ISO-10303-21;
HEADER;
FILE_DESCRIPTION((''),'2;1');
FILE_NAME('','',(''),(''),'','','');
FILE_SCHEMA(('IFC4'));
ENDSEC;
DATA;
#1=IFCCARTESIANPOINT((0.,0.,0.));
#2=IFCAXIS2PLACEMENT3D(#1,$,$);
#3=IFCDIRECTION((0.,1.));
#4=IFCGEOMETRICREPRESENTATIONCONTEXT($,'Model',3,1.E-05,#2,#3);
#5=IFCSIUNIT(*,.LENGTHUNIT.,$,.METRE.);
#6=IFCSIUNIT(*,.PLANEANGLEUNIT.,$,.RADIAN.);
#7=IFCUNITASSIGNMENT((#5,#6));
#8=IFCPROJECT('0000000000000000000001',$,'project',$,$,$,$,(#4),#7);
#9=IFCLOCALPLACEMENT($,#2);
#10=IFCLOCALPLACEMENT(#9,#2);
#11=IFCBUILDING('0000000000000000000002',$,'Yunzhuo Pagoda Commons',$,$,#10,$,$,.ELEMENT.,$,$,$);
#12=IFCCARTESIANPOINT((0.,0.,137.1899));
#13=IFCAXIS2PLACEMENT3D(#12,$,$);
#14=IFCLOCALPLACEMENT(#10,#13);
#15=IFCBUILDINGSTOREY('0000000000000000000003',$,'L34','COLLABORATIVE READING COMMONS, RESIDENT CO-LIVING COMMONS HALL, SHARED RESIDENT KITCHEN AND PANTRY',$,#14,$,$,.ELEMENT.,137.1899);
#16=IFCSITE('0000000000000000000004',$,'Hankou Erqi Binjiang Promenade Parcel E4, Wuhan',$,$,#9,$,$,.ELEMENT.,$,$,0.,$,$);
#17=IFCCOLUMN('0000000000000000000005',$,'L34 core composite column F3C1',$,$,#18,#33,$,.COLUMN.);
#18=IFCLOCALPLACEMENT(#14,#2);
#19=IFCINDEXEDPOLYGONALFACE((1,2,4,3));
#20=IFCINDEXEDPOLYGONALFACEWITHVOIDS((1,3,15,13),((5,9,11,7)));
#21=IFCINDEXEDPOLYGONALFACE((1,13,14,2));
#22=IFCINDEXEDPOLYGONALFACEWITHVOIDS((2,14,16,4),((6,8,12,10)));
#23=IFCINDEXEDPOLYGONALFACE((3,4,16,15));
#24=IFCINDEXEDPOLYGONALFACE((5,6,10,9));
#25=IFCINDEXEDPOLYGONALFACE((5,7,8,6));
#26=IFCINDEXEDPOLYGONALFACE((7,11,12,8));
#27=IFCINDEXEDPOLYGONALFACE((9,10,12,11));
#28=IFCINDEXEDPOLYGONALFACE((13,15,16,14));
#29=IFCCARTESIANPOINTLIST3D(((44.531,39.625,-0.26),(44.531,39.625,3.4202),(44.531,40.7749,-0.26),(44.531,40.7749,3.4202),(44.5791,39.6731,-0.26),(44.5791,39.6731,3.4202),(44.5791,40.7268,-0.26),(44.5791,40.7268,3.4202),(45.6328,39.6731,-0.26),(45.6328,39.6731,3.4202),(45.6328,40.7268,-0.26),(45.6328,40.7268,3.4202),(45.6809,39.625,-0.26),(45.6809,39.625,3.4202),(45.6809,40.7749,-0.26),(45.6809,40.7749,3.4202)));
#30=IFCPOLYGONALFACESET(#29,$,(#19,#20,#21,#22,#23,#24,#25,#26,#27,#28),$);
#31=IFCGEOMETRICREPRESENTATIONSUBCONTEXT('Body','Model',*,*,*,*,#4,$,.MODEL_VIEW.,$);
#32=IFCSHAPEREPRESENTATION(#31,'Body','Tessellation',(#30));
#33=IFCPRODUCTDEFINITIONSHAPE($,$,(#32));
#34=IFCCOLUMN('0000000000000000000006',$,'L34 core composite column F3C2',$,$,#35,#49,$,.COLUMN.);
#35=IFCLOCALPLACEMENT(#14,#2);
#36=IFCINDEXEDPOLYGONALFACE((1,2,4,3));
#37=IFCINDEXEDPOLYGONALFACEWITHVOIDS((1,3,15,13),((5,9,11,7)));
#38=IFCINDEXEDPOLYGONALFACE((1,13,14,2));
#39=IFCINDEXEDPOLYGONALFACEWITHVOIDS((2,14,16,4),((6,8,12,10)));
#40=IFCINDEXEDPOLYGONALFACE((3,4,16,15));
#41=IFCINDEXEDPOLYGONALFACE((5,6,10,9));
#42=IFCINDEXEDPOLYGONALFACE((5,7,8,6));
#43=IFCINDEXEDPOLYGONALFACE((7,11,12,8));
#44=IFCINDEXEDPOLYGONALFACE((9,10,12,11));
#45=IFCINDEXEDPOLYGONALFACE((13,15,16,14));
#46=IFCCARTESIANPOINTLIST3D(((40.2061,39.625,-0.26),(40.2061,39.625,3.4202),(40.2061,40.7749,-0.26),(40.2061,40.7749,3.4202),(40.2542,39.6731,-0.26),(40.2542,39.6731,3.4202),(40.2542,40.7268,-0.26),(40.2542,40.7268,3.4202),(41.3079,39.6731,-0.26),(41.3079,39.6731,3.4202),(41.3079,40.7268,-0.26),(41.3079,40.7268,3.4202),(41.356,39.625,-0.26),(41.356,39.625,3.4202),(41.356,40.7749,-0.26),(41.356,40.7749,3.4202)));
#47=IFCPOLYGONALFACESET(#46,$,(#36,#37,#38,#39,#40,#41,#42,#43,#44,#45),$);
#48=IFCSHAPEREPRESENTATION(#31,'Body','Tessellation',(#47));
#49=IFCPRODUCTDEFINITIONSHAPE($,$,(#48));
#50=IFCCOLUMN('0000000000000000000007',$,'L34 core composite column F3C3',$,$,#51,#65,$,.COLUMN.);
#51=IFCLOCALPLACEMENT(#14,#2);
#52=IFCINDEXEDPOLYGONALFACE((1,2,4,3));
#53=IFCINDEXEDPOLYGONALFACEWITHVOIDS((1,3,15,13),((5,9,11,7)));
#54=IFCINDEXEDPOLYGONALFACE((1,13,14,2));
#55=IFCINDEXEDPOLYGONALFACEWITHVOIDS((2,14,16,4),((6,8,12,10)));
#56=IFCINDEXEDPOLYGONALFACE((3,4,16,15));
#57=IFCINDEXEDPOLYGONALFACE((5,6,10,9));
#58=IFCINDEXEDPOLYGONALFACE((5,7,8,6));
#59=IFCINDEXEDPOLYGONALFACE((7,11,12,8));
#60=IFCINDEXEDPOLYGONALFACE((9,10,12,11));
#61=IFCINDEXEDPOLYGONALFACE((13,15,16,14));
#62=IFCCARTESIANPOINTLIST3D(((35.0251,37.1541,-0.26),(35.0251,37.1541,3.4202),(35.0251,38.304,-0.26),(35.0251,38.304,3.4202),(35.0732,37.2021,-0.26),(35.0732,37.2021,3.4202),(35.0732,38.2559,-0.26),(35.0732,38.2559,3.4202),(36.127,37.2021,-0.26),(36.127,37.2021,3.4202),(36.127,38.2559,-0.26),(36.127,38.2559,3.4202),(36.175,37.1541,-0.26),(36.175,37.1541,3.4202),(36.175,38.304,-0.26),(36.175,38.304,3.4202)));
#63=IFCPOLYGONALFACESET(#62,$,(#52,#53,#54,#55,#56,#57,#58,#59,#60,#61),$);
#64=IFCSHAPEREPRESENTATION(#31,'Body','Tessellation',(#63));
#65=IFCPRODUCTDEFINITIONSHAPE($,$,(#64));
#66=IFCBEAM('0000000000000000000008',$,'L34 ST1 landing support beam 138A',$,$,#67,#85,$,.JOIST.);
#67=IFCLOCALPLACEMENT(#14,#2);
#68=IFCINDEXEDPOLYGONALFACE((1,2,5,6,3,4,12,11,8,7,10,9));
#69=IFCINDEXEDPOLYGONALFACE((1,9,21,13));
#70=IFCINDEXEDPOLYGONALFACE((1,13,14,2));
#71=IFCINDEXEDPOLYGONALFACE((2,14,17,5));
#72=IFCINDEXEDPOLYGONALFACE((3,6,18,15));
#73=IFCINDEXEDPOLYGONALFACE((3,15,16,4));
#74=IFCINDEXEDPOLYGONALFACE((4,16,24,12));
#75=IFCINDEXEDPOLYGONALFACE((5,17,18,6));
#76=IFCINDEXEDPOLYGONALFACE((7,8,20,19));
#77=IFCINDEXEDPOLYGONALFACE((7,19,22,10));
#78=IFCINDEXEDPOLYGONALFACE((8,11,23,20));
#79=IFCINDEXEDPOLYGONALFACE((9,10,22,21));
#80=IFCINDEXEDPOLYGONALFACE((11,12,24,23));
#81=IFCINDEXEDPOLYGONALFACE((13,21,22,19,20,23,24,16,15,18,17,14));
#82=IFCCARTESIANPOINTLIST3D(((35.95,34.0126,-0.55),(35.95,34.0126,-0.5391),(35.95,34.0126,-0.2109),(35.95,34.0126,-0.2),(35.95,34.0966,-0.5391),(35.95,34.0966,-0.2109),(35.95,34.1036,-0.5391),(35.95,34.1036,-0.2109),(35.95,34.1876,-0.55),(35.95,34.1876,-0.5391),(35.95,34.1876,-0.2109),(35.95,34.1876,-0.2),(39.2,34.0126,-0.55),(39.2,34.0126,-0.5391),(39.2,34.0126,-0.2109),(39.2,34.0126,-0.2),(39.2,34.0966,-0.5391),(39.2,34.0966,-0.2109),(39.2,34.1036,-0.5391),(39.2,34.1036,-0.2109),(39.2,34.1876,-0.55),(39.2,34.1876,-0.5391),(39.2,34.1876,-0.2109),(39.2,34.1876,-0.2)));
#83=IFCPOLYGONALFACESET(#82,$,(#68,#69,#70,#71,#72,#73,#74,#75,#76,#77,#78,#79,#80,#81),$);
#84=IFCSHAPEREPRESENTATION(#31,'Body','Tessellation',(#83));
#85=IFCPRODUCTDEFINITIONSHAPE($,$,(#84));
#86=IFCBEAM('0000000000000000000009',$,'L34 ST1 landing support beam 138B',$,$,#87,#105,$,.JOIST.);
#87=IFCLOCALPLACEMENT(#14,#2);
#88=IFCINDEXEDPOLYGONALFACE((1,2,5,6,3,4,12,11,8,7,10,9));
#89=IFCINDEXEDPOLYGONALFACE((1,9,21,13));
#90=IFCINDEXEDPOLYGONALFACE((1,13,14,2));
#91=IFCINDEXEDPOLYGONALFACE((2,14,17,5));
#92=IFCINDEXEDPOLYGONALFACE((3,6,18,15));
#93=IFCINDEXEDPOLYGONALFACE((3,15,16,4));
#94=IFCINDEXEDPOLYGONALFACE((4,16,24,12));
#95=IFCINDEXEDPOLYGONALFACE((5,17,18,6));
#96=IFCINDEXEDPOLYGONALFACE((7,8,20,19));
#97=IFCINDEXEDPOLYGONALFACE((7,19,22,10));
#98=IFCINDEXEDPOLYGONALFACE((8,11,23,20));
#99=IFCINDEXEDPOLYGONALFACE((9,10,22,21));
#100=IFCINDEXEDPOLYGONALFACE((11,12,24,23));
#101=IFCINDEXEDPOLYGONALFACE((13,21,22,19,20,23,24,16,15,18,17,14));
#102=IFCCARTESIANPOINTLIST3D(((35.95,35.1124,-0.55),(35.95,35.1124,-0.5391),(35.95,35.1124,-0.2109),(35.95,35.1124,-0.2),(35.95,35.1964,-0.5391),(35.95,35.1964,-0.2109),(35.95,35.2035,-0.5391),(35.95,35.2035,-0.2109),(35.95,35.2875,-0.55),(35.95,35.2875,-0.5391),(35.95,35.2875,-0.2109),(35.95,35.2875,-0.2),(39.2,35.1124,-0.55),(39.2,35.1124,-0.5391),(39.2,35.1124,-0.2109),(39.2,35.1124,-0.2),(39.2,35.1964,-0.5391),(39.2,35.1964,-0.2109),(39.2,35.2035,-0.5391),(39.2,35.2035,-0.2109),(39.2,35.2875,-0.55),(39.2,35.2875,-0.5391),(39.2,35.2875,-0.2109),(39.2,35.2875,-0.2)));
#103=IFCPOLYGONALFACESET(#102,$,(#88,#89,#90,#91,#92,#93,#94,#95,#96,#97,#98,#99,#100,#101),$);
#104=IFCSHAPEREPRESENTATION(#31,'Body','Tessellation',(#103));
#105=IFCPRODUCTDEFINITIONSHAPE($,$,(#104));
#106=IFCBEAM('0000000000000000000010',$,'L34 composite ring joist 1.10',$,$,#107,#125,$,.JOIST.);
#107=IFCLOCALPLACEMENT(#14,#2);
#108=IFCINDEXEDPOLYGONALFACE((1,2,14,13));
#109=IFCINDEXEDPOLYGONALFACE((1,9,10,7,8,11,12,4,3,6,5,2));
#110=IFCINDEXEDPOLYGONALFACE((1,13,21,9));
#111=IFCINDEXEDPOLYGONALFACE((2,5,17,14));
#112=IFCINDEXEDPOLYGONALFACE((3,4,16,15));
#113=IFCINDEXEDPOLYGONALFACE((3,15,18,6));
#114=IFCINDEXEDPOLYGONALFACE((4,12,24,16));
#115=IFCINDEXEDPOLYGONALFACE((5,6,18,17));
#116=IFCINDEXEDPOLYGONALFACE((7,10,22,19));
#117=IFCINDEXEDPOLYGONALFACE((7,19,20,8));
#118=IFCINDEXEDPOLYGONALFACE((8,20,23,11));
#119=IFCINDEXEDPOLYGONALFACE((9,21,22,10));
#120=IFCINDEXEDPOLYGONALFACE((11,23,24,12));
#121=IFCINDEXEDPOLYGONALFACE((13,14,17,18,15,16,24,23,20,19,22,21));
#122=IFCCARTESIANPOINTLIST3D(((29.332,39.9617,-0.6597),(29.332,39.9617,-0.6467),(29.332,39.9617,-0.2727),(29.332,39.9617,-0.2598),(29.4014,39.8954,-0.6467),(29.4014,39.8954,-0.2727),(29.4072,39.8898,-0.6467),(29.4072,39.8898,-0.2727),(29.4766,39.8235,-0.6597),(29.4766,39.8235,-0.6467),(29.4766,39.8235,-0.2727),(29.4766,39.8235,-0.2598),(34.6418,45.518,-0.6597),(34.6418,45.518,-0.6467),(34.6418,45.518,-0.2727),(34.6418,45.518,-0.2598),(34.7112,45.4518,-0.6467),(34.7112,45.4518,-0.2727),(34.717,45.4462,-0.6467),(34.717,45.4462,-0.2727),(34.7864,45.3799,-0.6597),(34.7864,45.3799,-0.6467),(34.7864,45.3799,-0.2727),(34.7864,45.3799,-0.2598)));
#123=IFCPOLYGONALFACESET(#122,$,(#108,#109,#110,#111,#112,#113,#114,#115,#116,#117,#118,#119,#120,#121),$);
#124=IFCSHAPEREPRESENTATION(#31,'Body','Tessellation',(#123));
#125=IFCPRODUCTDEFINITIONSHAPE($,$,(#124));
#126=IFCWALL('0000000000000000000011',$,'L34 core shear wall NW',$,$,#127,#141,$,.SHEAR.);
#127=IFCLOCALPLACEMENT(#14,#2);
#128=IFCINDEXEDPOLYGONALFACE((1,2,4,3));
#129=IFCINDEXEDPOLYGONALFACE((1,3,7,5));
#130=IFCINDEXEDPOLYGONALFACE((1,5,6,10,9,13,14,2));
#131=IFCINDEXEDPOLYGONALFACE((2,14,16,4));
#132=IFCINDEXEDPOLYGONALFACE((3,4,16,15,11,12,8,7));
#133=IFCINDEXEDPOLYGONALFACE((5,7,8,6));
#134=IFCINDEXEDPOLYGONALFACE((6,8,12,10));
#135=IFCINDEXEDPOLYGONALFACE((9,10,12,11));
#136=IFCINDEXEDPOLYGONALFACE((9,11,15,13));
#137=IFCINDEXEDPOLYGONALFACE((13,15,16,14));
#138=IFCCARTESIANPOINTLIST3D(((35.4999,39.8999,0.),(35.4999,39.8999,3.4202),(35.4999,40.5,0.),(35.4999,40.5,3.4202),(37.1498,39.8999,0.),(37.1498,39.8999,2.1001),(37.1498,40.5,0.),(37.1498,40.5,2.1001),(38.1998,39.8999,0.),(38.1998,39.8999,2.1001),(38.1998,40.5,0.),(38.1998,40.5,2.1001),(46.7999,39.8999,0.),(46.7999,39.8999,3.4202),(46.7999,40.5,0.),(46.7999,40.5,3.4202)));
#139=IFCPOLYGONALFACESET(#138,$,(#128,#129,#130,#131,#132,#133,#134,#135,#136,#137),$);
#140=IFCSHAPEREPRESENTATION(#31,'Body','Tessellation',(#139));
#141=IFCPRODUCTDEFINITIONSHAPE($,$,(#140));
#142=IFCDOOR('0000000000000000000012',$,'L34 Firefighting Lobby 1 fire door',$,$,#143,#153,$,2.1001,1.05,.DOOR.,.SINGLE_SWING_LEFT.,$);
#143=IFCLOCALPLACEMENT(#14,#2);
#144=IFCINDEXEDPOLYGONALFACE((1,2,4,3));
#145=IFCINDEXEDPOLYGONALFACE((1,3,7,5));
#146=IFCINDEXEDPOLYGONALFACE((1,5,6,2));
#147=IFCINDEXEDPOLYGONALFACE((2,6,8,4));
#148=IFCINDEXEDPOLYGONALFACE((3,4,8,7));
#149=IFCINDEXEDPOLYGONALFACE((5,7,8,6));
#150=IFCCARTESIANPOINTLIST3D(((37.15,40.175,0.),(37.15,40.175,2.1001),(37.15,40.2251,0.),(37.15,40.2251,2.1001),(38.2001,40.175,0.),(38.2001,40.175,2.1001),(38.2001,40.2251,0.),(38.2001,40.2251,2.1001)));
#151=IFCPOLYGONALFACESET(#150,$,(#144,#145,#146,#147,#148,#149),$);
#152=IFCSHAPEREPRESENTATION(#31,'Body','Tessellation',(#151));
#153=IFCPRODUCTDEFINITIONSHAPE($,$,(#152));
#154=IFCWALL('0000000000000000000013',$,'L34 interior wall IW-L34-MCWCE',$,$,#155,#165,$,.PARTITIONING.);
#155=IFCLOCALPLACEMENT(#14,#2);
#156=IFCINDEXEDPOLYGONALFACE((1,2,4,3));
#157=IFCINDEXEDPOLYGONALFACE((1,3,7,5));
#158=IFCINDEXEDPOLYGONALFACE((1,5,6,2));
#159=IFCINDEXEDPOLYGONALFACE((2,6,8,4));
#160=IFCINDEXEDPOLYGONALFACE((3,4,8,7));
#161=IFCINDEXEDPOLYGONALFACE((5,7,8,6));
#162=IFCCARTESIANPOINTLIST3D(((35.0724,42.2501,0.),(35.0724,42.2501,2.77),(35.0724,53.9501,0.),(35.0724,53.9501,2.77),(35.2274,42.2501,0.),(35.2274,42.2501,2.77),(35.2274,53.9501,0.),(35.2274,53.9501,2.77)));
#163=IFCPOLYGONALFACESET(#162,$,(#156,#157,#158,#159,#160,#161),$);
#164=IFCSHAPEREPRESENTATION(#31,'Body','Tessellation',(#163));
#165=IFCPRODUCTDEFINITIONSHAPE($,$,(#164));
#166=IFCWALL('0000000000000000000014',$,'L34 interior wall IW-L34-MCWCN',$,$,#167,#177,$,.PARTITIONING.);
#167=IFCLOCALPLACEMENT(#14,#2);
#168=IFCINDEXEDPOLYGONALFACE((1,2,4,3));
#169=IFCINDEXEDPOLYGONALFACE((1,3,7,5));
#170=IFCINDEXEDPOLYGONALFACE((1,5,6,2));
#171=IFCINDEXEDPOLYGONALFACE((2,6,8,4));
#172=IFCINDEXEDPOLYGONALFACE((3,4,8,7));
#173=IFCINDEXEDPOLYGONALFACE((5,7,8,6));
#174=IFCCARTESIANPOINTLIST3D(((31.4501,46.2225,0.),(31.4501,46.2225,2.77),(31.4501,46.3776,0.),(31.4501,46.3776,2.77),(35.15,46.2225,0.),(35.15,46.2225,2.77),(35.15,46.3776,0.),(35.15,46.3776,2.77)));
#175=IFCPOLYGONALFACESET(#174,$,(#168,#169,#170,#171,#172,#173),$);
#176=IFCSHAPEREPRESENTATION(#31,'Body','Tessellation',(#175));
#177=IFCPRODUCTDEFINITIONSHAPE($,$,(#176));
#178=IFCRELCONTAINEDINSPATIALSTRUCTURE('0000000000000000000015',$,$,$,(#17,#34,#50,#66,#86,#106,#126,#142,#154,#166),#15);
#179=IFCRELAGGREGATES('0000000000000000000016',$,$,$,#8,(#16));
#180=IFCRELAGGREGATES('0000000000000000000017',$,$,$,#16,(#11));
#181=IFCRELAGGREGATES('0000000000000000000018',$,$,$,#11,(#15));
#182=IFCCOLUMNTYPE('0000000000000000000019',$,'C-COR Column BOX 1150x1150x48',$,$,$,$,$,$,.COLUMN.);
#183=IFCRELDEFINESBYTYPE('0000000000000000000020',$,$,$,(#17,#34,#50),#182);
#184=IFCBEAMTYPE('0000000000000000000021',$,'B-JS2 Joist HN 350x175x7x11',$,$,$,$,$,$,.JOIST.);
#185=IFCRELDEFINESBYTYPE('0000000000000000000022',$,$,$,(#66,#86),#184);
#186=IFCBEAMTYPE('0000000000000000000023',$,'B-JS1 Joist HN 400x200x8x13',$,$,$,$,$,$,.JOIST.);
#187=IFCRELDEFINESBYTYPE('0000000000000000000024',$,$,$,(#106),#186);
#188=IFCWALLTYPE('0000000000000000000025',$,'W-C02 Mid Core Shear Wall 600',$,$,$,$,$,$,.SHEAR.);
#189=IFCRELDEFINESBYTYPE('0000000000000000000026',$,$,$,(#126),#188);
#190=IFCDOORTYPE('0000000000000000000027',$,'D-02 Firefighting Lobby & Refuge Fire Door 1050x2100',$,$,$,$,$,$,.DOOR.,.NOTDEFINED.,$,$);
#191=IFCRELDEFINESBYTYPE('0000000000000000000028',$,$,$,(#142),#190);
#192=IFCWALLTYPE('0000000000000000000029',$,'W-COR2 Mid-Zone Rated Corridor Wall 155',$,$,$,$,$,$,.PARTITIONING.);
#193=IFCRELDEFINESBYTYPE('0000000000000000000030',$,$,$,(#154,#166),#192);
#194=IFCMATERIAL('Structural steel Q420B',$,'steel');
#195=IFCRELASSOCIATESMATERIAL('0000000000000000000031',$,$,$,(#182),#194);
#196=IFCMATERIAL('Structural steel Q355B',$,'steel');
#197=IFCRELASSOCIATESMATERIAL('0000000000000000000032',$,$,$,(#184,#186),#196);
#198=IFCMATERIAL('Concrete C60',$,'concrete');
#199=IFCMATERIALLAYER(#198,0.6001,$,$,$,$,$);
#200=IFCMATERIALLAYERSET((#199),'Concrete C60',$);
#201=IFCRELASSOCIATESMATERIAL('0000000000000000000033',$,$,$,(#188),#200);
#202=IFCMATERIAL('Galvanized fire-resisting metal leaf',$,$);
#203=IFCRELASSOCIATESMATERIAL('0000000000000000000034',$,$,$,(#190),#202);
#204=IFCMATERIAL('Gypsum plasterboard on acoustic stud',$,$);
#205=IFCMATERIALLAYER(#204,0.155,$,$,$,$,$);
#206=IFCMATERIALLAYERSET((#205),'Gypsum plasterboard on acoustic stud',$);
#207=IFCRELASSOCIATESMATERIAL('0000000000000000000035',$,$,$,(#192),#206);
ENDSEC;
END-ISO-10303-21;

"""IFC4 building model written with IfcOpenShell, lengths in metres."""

from ifc_helpers import new_model, si_unit, direction, frame, frame_2d, origin, origin_2d, place, context, subcontext, project, spatial, rectangle, hollow_rectangle, i_section, extrude, source, transform, mapped, material, layer, layer_set, material_profile, profile_set, type_object, element, fill, save


model = new_model("IFC4")

# Units and contexts
model_context = context("Model", 3, precision=1e-05, world=origin(), true_north=direction((0.0, 1.0)))
body_context = subcontext(model_context, "Body", "Model", "MODEL_VIEW")
ifc_project = project(units=[si_unit("LENGTHUNIT", "METRE"), si_unit("PLANEANGLEUNIT", "RADIAN")], contexts=[model_context])

# Site, building, storey
site_placement = place(None, origin())
site = spatial("IfcSite", under=ifc_project, at=site_placement, Name="Hankou Erqi Binjiang Promenade Parcel E4, Wuhan", CompositionType="ELEMENT", RefElevation=0.0)
building_placement = place(site_placement, origin())
building = spatial("IfcBuilding", under=site, at=building_placement, Name="Yunzhuo Pagoda Commons", CompositionType="ELEMENT")
storey_placement = place(building_placement, frame((0.0, 0.0, 137.1899)))
storey = spatial("IfcBuildingStorey", under=building, at=storey_placement, Name="L34", Description="COLLABORATIVE READING COMMONS, RESIDENT CO-LIVING COMMONS HALL, SHARED RESIDENT KITCHEN AND PANTRY", CompositionType="ELEMENT", Elevation=137.1899)

# Columns
ifc_material_1 = material(Name="Structural steel Q420B", Category="steel")
ifc_material_profile_1 = material_profile(ifc_material_1, hollow_rectangle(XDim=1.1499, YDim=1.1499, WallThickness=0.0481, at=origin_2d()), Name="Structural steel Q420B")
ifc_profile_set_1 = profile_set([ifc_material_profile_1], Name="Structural steel Q420B")
column_type = type_object("IfcColumnType", Name="C-COR Column BOX 1150x1150x48", PredefinedType="COLUMN", material=ifc_profile_set_1)
shared_shape_1 = source(origin(), body_context, "Body", "SweptSolid", [
    extrude(hollow_rectangle(XDim=1.1499, YDim=1.1499, WallThickness=0.0481, at=origin_2d()), origin(), (0.0, 0.0, 1.0), 3.6802),
])
for number, where, z_axis, x_axis, name in (
    (1, (45.106, 40.2, -0.26), (0.0, 0.0, 1.0), (1.0, 0.0, 0.0), "L34 core composite column F3C1"),
    (2, (40.781, 40.2, -0.26), (0.0, 0.0, 1.0), (1.0, 0.0, 0.0), "L34 core composite column F3C2"),
    (3, (35.6001, 37.729, -0.26), (0.0, 0.0, 1.0), (1.0, 0.0, 0.0), "L34 core composite column F3C3"),
):
    element("IfcColumn", number, at=place(storey_placement, frame(where, z_axis=z_axis, x_axis=x_axis)), inside=storey, type_object=column_type, Name=name, PredefinedType="COLUMN", context=body_context, shape_type="MappedRepresentation", body=[
        mapped(shared_shape_1, transform((0.0, 0.0, 0.0), scale=1.0)),
    ])

# Beams
ifc_material_2 = material(Name="Structural steel Q355B", Category="steel")
ifc_material_profile_2 = material_profile(ifc_material_2, i_section(OverallWidth=0.175, OverallDepth=0.3501, WebThickness=0.0071, FlangeThickness=0.011, at=origin_2d()), Name="Structural steel Q355B")
ifc_profile_set_2 = profile_set([ifc_material_profile_2], Name="Structural steel Q355B")
beam_type_1 = type_object("IfcBeamType", Name="B-JS2 Joist HN 350x175x7x11", PredefinedType="JOIST", material=ifc_profile_set_2)
shared_shape_2 = source(origin(), body_context, "Body", "SweptSolid", [
    extrude(i_section(OverallWidth=0.175, OverallDepth=0.3501, WebThickness=0.0071, FlangeThickness=0.011, at=origin_2d()), origin(), (0.0, 0.0, 1.0), 3.25),
])
for number, where, z_axis, x_axis, name in (
    (4, (35.95, 34.1001, -0.375), (1.0, 0.0, 0.0), (0.0, 1.0, 0.0), "L34 ST1 landing support beam 138A"),
    (5, (35.95, 35.2, -0.375), (1.0, 0.0, 0.0), (0.0, 1.0, 0.0), "L34 ST1 landing support beam 138B"),
):
    element("IfcBeam", number, at=place(storey_placement, frame(where, z_axis=z_axis, x_axis=x_axis)), inside=storey, type_object=beam_type_1, Name=name, PredefinedType="JOIST", context=body_context, shape_type="MappedRepresentation", body=[
        mapped(shared_shape_2, transform((0.0, 0.0, 0.0), scale=1.0)),
    ])
ifc_material_profile_3 = material_profile(ifc_material_2, i_section(OverallWidth=0.2, OverallDepth=0.3999, WebThickness=0.0081, FlangeThickness=0.0129, at=origin_2d()), Name="Structural steel Q355B")
ifc_profile_set_3 = profile_set([ifc_material_profile_3], Name="Structural steel Q355B")
beam_type_2 = type_object("IfcBeamType", Name="B-JS1 Joist HN 400x200x8x13", PredefinedType="JOIST", material=ifc_profile_set_3)
shared_shape_3 = source(origin(), body_context, "Body", "SweptSolid", [
    extrude(i_section(OverallWidth=0.2, OverallDepth=0.3999, WebThickness=0.0081, FlangeThickness=0.0129, at=origin_2d()), origin(), (0.0, 0.0, 1.0), 7.6855),
])
beam_placement = place(storey_placement, frame((34.7141, 45.449, -0.4597), z_axis=(-0.690883, -0.722967, 0.0), x_axis=(0.722967, -0.690883, 0.0)))
element("IfcBeam", 6, at=beam_placement, inside=storey, type_object=beam_type_2, Name="L34 composite ring joist 1.10", PredefinedType="JOIST", context=body_context, shape_type="MappedRepresentation", body=[
    mapped(shared_shape_3, transform((0.0, 0.0, 0.0), scale=1.0)),
])

# Wall, opening, door
ifc_material_3 = material(Name="Concrete C60", Category="concrete")
ifc_layer_1 = layer(ifc_material_3, 0.6001)
ifc_layer_set_1 = layer_set([ifc_layer_1], Name="Concrete C60")
wall_type_1 = type_object("IfcWallType", Name="W-C02 Mid Core Shear Wall 600", PredefinedType="SHEAR", material=ifc_layer_set_1)
wall_1_placement = place(storey_placement, frame((35.5, 40.2, 0.0), z_axis=(0.0, 0.0, 1.0), x_axis=(1.0, 0.0, 0.0)))
wall_1 = element("IfcWall", 7, at=wall_1_placement, inside=storey, type_object=wall_type_1, Name="L34 core shear wall NW", PredefinedType="SHEAR", context=body_context, shape_type="SweptSolid", body=[
    extrude(rectangle(XDim=11.3, YDim=0.6001, at=frame_2d((5.6499, 0.0))), origin(), (0.0, 0.0, 1.0), 3.4202),
])
opening_1_placement = place(wall_1_placement, frame((1.6499, 0.0, 0.0)))
opening_1 = element("IfcOpeningElement", 8, at=opening_1_placement, cuts=wall_1, PredefinedType="OPENING", context=body_context, shape_type="SweptSolid", body=[
    extrude(rectangle(XDim=1.05, YDim=2.1001, at=frame_2d((0.5249, 1.05))), frame((0.0, 0.3101, 0.0), z_axis=(0.0, -1.0, 0.0), x_axis=(1.0, 0.0, 0.0)), (0.0, 0.0, 1.0), 0.6201),
])
ifc_material_4 = material(Name="Galvanized fire-resisting metal leaf")
door_type_1 = type_object("IfcDoorType", Name="D-02 Firefighting Lobby & Refuge Fire Door 1050x2100", OperationType="NOTDEFINED", PredefinedType="DOOR", material=ifc_material_4)
shared_shape_4 = source(origin(), body_context, "Body", "SweptSolid", [
    extrude(rectangle(XDim=1.05, YDim=2.1001, at=frame_2d((0.5249, 1.05))), frame((0.0, 0.0249, 0.0), z_axis=(0.0, -1.0, 0.0), x_axis=(1.0, 0.0, 0.0)), (0.0, 0.0, 1.0), 0.05),
])
door_1_placement = place(opening_1_placement, frame((1.05, 0.0, 0.0), z_axis=(0.0, 0.0, 1.0), x_axis=(-1.0, 0.0, 0.0)))
door_1 = element("IfcDoor", 9, at=door_1_placement, inside=storey, type_object=door_type_1, Name="L34 Firefighting Lobby 1 fire door", OperationType="SINGLE_SWING_LEFT", OverallHeight=2.1001, OverallWidth=1.05, PredefinedType="DOOR", context=body_context, shape_type="MappedRepresentation", body=[
    mapped(shared_shape_4, transform((0.0, 0.0, 0.0), scale=1.0)),
])
fill(opening_1, door_1)

# Walls
ifc_material_5 = material(Name="Gypsum plasterboard on acoustic stud")
ifc_layer_2 = layer(ifc_material_5, 0.155)
ifc_layer_set_2 = layer_set([ifc_layer_2], Name="Gypsum plasterboard on acoustic stud")
wall_type_2 = type_object("IfcWallType", Name="W-COR2 Mid-Zone Rated Corridor Wall 155", PredefinedType="PARTITIONING", material=ifc_layer_set_2)
wall_2_placement = place(storey_placement, frame((35.1499, 42.25, 0.0), z_axis=(0.0, 0.0, 1.0), x_axis=(0.0, 1.0, 0.0)))
element("IfcWall", 10, at=wall_2_placement, inside=storey, type_object=wall_type_2, Name="L34 interior wall IW-L34-MCWCE", PredefinedType="PARTITIONING", context=body_context, shape_type="SweptSolid", body=[
    extrude(rectangle(XDim=11.7, YDim=0.155, at=frame_2d((5.8501, 0.0))), origin(), (0.0, 0.0, 1.0), 2.77),
])
wall_3_placement = place(storey_placement, frame((31.45, 46.3, 0.0), z_axis=(0.0, 0.0, 1.0), x_axis=(1.0, 0.0, 0.0)))
element("IfcWall", 11, at=wall_3_placement, inside=storey, type_object=wall_type_2, Name="L34 interior wall IW-L34-MCWCN", PredefinedType="PARTITIONING", context=body_context, shape_type="SweptSolid", body=[
    extrude(rectangle(XDim=3.7, YDim=0.155, at=frame_2d((1.8501, 0.0))), origin(), (0.0, 0.0, 1.0), 2.77),
])

save(model, "model.ifc")
